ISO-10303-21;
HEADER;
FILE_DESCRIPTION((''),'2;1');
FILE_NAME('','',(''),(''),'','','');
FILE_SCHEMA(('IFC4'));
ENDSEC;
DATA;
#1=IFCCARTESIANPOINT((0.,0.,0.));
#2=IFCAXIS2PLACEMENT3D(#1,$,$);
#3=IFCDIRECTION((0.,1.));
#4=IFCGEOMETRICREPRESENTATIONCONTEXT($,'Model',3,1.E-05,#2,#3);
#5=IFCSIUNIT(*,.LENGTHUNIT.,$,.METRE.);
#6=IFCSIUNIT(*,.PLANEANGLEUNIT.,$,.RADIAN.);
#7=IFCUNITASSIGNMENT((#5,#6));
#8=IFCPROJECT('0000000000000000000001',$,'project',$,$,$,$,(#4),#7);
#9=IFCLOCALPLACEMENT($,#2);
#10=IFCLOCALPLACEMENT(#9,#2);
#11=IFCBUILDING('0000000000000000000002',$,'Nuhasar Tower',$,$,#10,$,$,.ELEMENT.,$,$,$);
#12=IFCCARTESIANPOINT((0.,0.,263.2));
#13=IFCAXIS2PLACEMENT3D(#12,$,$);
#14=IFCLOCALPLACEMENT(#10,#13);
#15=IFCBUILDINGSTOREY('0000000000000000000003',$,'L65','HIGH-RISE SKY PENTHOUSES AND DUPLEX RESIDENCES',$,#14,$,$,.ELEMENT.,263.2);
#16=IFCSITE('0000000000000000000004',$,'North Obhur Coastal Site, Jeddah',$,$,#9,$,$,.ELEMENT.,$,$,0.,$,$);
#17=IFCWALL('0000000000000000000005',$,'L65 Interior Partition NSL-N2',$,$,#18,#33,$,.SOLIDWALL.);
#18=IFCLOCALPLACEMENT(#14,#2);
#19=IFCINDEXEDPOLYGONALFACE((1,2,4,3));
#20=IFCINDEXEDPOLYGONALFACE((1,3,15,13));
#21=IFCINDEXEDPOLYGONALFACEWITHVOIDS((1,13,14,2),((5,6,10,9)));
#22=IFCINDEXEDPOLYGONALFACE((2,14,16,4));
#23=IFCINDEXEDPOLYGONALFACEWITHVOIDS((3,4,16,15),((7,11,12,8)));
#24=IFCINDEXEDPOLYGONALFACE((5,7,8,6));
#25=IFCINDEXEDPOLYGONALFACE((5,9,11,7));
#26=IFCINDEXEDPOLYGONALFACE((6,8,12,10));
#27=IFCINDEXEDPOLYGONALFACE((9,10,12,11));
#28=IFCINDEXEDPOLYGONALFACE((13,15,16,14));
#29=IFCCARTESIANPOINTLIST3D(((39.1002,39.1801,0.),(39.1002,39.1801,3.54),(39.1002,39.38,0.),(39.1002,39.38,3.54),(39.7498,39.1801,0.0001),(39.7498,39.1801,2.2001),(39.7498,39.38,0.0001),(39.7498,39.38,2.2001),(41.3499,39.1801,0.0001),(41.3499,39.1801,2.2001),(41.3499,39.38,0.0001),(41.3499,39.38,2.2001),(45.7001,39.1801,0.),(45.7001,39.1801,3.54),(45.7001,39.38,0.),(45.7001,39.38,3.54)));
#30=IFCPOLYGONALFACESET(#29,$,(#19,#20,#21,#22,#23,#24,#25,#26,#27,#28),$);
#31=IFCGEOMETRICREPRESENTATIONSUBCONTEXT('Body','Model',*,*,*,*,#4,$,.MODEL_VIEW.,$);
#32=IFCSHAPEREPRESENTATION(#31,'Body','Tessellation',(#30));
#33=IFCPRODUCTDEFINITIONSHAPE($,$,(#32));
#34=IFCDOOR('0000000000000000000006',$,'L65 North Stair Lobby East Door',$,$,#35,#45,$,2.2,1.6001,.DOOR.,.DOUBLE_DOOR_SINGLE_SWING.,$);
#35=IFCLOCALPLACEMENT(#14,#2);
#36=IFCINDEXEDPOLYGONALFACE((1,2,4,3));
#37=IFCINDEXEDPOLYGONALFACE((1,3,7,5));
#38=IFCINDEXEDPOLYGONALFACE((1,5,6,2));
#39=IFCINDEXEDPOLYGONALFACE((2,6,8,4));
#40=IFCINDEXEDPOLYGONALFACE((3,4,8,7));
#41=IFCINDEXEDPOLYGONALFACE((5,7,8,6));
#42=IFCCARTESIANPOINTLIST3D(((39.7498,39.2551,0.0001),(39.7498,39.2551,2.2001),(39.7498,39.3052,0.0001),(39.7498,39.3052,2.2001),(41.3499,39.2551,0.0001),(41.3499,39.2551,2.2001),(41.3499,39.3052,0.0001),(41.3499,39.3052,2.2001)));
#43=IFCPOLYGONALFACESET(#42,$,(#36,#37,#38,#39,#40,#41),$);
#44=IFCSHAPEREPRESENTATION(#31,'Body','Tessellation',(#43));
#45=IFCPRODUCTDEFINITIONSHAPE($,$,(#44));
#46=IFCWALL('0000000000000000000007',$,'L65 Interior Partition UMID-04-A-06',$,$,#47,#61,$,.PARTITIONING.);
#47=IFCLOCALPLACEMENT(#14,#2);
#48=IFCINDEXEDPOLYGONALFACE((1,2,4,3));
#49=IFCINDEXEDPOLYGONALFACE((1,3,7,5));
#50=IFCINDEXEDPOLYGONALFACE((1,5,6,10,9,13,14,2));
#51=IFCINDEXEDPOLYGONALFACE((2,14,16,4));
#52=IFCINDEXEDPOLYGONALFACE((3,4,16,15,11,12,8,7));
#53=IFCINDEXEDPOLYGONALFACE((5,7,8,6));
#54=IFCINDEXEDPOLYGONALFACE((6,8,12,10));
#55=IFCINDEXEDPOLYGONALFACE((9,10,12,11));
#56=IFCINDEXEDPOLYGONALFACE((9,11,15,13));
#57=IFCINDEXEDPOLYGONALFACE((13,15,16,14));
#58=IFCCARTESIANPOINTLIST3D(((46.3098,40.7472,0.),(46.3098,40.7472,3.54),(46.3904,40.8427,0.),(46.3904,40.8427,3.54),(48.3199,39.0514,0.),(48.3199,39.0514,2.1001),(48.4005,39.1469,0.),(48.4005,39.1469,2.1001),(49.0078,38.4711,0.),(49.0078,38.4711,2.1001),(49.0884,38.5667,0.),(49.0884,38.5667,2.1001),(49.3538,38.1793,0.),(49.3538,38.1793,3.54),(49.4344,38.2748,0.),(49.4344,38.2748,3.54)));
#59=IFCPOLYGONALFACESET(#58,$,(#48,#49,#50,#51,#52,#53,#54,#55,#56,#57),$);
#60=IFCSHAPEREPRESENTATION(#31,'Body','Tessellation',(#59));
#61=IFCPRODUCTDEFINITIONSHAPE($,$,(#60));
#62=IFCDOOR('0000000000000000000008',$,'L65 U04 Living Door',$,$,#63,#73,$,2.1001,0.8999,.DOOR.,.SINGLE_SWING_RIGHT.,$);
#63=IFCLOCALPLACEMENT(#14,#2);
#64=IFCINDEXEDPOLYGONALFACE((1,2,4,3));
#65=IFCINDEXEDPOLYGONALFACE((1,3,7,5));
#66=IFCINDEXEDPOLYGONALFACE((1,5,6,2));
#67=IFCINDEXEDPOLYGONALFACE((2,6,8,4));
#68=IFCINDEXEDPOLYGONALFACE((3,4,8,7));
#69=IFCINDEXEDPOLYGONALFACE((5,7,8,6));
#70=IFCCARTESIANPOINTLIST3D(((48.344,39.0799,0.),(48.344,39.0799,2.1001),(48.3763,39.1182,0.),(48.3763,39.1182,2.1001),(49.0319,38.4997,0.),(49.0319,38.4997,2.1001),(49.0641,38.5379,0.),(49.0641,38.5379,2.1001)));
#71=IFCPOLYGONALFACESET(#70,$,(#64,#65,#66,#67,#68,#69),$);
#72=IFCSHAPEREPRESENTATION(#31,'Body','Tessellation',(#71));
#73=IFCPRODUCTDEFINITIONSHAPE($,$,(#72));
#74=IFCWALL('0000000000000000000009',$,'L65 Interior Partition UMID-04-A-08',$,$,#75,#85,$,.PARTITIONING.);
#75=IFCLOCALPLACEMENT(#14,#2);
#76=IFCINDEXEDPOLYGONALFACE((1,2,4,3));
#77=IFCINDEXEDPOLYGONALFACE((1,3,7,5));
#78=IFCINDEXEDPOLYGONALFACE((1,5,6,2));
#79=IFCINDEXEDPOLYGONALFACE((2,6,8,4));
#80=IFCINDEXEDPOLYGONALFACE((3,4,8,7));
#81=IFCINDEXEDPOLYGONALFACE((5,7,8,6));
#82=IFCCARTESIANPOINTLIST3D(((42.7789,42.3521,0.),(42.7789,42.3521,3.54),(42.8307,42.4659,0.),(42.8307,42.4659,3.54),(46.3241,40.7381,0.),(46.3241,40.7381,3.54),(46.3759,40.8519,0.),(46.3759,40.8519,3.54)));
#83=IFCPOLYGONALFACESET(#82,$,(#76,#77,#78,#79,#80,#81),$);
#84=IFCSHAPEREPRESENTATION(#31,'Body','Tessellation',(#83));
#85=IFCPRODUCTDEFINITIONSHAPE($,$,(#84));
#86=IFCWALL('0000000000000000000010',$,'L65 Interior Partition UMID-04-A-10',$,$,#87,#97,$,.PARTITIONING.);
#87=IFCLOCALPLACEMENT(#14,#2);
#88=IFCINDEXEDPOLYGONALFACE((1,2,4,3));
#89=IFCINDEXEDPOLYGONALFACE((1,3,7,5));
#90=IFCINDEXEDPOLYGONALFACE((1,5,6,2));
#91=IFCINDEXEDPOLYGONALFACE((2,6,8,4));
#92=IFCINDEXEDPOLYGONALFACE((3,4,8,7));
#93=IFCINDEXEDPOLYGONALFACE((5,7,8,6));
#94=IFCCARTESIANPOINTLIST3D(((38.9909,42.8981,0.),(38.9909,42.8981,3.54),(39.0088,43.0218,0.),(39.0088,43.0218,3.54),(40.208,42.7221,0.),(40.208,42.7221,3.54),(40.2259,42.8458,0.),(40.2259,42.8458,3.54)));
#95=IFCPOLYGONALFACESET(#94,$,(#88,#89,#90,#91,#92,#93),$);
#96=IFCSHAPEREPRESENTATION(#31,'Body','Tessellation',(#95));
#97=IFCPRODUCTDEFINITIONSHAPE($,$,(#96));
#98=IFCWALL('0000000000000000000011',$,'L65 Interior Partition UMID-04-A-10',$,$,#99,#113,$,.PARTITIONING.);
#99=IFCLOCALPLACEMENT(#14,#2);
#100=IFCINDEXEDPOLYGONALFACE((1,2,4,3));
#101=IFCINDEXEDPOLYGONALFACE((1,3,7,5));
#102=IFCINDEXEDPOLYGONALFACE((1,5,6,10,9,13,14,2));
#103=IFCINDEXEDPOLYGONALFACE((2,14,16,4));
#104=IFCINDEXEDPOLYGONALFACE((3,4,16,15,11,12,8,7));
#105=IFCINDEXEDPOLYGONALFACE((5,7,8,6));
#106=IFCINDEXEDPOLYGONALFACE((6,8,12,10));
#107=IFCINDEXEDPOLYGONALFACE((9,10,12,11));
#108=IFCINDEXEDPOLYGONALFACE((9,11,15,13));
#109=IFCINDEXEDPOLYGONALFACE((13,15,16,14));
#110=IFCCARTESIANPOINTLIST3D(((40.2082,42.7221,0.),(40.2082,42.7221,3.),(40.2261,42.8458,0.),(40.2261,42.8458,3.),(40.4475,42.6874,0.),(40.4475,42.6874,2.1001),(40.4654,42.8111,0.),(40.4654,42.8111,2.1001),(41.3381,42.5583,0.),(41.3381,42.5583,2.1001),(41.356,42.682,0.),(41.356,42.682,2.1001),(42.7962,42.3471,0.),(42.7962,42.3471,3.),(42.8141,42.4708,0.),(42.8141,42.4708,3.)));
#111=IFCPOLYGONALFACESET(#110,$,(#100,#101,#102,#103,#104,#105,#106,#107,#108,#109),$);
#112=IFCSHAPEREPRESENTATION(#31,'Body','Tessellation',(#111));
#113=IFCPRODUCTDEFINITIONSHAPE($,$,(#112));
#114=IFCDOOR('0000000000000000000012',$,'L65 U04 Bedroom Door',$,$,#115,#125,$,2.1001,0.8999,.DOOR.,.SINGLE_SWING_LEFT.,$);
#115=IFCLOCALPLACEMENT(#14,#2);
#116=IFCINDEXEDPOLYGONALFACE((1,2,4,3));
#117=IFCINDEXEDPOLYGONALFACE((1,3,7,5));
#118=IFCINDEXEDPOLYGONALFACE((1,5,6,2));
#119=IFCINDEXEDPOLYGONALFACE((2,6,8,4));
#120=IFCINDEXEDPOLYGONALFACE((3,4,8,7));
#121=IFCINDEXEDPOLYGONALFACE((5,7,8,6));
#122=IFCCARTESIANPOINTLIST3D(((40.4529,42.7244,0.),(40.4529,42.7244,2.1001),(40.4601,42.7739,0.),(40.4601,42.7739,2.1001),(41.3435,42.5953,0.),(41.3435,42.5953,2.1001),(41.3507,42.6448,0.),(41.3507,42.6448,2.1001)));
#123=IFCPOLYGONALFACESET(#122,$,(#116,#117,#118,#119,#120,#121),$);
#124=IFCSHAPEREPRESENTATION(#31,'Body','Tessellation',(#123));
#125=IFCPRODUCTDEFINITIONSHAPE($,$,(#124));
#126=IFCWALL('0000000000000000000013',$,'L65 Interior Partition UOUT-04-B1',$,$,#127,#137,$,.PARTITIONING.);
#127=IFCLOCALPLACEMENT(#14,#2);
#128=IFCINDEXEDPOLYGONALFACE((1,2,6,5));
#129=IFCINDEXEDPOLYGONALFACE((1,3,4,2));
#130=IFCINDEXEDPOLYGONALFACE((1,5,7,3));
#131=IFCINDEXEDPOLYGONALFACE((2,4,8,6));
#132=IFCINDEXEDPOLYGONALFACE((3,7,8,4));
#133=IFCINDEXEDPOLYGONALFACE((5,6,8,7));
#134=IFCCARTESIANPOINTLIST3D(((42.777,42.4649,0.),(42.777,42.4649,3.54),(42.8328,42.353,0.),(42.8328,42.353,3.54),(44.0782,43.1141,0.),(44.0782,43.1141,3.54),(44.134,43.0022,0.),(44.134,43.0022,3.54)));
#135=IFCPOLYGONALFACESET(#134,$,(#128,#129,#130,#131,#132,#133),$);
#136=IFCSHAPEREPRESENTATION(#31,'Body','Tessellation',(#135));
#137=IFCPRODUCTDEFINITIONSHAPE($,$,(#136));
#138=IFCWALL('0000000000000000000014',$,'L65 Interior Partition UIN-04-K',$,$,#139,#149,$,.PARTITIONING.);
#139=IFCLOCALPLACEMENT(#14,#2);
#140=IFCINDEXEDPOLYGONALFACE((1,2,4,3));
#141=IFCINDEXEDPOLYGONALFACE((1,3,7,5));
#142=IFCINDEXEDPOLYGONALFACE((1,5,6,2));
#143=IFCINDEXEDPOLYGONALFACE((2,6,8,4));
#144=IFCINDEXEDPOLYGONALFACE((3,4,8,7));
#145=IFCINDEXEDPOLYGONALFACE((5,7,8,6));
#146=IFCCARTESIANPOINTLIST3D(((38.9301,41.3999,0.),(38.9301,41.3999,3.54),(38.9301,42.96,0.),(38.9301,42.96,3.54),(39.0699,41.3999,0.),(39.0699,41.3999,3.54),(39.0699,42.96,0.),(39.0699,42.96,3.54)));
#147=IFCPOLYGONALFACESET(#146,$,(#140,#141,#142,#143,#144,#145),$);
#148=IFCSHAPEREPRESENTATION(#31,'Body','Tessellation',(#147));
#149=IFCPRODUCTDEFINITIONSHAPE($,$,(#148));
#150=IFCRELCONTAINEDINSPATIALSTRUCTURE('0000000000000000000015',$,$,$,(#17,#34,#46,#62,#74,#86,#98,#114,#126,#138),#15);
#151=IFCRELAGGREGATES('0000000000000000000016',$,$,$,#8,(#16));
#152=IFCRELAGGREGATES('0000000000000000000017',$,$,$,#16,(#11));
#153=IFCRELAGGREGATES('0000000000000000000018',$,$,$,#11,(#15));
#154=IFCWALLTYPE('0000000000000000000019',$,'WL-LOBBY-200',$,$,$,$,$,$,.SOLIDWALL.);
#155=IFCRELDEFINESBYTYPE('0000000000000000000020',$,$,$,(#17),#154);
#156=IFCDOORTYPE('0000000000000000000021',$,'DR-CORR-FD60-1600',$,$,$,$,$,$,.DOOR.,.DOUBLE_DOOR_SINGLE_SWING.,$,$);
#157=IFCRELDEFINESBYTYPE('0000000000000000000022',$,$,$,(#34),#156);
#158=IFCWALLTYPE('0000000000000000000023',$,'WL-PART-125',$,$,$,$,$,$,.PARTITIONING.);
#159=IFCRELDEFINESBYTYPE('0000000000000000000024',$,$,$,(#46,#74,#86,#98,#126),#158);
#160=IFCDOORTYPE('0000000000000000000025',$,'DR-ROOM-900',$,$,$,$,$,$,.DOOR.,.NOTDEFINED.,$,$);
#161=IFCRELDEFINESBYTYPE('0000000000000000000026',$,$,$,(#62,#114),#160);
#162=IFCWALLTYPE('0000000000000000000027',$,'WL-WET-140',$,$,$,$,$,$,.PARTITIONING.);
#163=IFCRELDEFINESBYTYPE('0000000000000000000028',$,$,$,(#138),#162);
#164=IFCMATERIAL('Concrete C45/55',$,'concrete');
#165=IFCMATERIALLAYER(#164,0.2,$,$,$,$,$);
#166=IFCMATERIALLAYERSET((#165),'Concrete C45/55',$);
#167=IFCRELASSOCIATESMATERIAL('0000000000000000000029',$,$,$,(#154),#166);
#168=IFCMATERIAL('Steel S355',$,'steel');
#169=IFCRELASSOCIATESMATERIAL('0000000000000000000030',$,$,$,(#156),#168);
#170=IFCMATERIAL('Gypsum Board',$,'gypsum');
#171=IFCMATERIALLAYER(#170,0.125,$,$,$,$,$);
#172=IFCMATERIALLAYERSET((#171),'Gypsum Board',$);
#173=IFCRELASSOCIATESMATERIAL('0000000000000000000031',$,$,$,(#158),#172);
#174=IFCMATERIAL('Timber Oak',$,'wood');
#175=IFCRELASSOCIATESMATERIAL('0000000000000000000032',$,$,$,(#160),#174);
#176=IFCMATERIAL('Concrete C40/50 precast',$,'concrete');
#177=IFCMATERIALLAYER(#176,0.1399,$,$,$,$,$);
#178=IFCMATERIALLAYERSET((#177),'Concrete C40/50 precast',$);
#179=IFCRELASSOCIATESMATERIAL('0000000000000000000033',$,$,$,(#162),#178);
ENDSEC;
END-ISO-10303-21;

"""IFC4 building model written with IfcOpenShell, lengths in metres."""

from ifc_helpers import new_model, si_unit, direction, frame, frame_2d, origin, place, context, subcontext, project, spatial, rectangle, extrude, material, layer, layer_set, type_object, element, fill, save


model = new_model("IFC4")

# Units and contexts
model_context = context("Model", 3, precision=1e-05, world=origin(), true_north=direction((0.0, 1.0)))
body_context = subcontext(model_context, "Body", "Model", "MODEL_VIEW")
ifc_project = project(units=[si_unit("LENGTHUNIT", "METRE"), si_unit("PLANEANGLEUNIT", "RADIAN")], contexts=[model_context])

# Site, building, storey
site_placement = place(None, origin())
site = spatial("IfcSite", under=ifc_project, at=site_placement, Name="North Obhur Coastal Site, Jeddah", CompositionType="ELEMENT", RefElevation=0.0)
building_placement = place(site_placement, origin())
building = spatial("IfcBuilding", under=site, at=building_placement, Name="Nuhasar Tower", CompositionType="ELEMENT")
storey_placement = place(building_placement, frame((0.0, 0.0, 263.2)))
storey = spatial("IfcBuildingStorey", under=building, at=storey_placement, Name="L65", Description="HIGH-RISE SKY PENTHOUSES AND DUPLEX RESIDENCES", CompositionType="ELEMENT", Elevation=263.2)

# Shared definitions
ifc_material_1 = material(Name="Steel S355", Category="steel")

# Shared definitions
ifc_material_2 = material(Name="Gypsum Board", Category="gypsum")
ifc_material_3 = material(Name="Timber Oak", Category="wood")

# Shared definitions
ifc_material_4 = material(Name="Concrete C45/55", Category="concrete")
ifc_layer_1 = layer(ifc_material_4, 0.2)
ifc_layer_set_1 = layer_set([ifc_layer_1], Name="Concrete C45/55")
wall_type_1 = type_object("IfcWallType", Name="WL-LOBBY-200", PredefinedType="SOLIDWALL", material=ifc_layer_set_1)

# Walls, openings, doors
wall_1_placement = place(storey_placement, frame((45.7, 39.28, 0.0), z_axis=(0.0, 0.0, 1.0), x_axis=(-1.0, 0.0, 0.0)))
wall_1 = element("IfcWall", 1, at=wall_1_placement, inside=storey, type_object=wall_type_1, Name="L65 Interior Partition NSL-N2", PredefinedType="SOLIDWALL", context=body_context, shape_type="SweptSolid", body=[
    extrude(rectangle(XDim=6.5999, YDim=0.2, at=frame_2d((3.2998, 0.0))), origin(), (0.0, 0.0, 1.0), 3.54),
])
opening_1_placement = place(wall_1_placement, frame((4.3501, 0.0, 0.0)))
opening_1 = element("IfcOpeningElement", 2, at=opening_1_placement, cuts=wall_1, PredefinedType="OPENING", context=body_context, shape_type="SweptSolid", body=[
    extrude(rectangle(XDim=1.6001, YDim=2.2, at=frame_2d((0.8, 1.1001))), frame((0.0, 0.1099, 0.0), z_axis=(0.0, -1.0, 0.0), x_axis=(1.0, 0.0, 0.0)), (0.0, 0.0, 1.0), 0.22),
])
door_type_1 = type_object("IfcDoorType", Name="DR-CORR-FD60-1600", OperationType="DOUBLE_DOOR_SINGLE_SWING", PredefinedType="DOOR", material=ifc_material_1)
door_1_placement = place(opening_1_placement, origin())
door_1 = element("IfcDoor", 3, at=door_1_placement, inside=storey, type_object=door_type_1, Name="L65 North Stair Lobby East Door", OperationType="DOUBLE_DOOR_SINGLE_SWING", OverallHeight=2.2, OverallWidth=1.6001, PredefinedType="DOOR", context=body_context, shape_type="SweptSolid", body=[
    extrude(rectangle(XDim=1.6001, YDim=2.2, at=frame_2d((0.8, 1.1001))), frame((0.0, 0.0249, 0.0), z_axis=(0.0, -1.0, 0.0), x_axis=(1.0, 0.0, 0.0)), (0.0, 0.0, 1.0), 0.05),
])
fill(opening_1, door_1)
ifc_layer_2 = layer(ifc_material_2, 0.125)
ifc_layer_set_2 = layer_set([ifc_layer_2], Name="Gypsum Board")
wall_type_2 = type_object("IfcWallType", Name="WL-PART-125", PredefinedType="PARTITIONING", material=ifc_layer_set_2)
wall_2_placement = place(storey_placement, frame((46.3501, 40.7949, 0.0), z_axis=(0.0, 0.0, 1.0), x_axis=(0.764348, -0.644804, 0.0)))
wall_2 = element("IfcWall", 4, at=wall_2_placement, inside=storey, type_object=wall_type_2, Name="L65 Interior Partition UMID-04-A-06", PredefinedType="PARTITIONING", context=body_context, shape_type="SweptSolid", body=[
    extrude(rectangle(XDim=3.9824, YDim=0.125, at=frame_2d((1.9912, 0.0))), origin(), (0.0, 0.0, 1.0), 3.54),
])
opening_2_placement = place(wall_2_placement, frame((2.6299, 0.0, 0.0)))
opening_2 = element("IfcOpeningElement", 5, at=opening_2_placement, cuts=wall_2, PredefinedType="OPENING", context=body_context, shape_type="SweptSolid", body=[
    extrude(rectangle(XDim=0.8999, YDim=2.1001, at=frame_2d((0.45, 1.05))), frame((0.0, 0.0725, 0.0), z_axis=(0.0, -1.0, 0.0), x_axis=(1.0, 0.0, 0.0)), (0.0, 0.0, 1.0), 0.145),
])
door_type_2 = type_object("IfcDoorType", Name="DR-ROOM-900", OperationType="NOTDEFINED", PredefinedType="DOOR", material=ifc_material_3)
door_2_placement = place(opening_2_placement, origin())
door_2 = element("IfcDoor", 6, at=door_2_placement, inside=storey, type_object=door_type_2, Name="L65 U04 Living Door", OperationType="SINGLE_SWING_RIGHT", OverallHeight=2.1001, OverallWidth=0.8999, PredefinedType="DOOR", context=body_context, shape_type="SweptSolid", body=[
    extrude(rectangle(XDim=0.8999, YDim=2.1001, at=frame_2d((0.45, 1.05))), frame((0.0, 0.0249, 0.0), z_axis=(0.0, -1.0, 0.0), x_axis=(1.0, 0.0, 0.0)), (0.0, 0.0, 1.0), 0.05),
])
fill(opening_2, door_2)

# Walls
wall_3_placement = place(storey_placement, frame((46.3501, 40.7949, 0.0), z_axis=(0.0, 0.0, 1.0), x_axis=(-0.910117, 0.414351, 0.0)))
element("IfcWall", 7, at=wall_3_placement, inside=storey, type_object=wall_type_2, Name="L65 Interior Partition UMID-04-A-08", PredefinedType="PARTITIONING", context=body_context, shape_type="SweptSolid", body=[
    extrude(rectangle(XDim=3.8953, YDim=0.125, at=frame_2d((1.9478, 0.0))), origin(), (0.0, 0.0, 1.0), 3.54),
])
wall_4_placement = place(storey_placement, frame((39.0, 42.96, 0.0), z_axis=(0.0, 0.0, 1.0), x_axis=(0.989702, -0.143144, 0.0)))
element("IfcWall", 8, at=wall_4_placement, inside=storey, type_object=wall_type_2, Name="L65 Interior Partition UMID-04-A-10", PredefinedType="PARTITIONING", context=body_context, shape_type="SweptSolid", body=[
    extrude(rectangle(XDim=1.2297, YDim=0.125, at=frame_2d((0.6147, 0.0))), origin(), (0.0, 0.0, 1.0), 3.54),
])

# Wall, opening, door
wall_5_placement = place(storey_placement, frame((40.217, 42.7839, 0.0), z_axis=(0.0, 0.0, 1.0), x_axis=(0.989664, -0.143408, 0.0)))
wall_5 = element("IfcWall", 9, at=wall_5_placement, inside=storey, type_object=wall_type_2, Name="L65 Interior Partition UMID-04-A-10", PredefinedType="PARTITIONING", context=body_context, shape_type="SweptSolid", body=[
    extrude(rectangle(XDim=2.615, YDim=0.125, at=frame_2d((1.3076, 0.0))), origin(), (0.0, 0.0, 1.0), 3.0),
])
opening_3_placement = place(wall_5_placement, frame((0.2419, 0.0, 0.0)))
opening_3 = element("IfcOpeningElement", 10, at=opening_3_placement, cuts=wall_5, PredefinedType="OPENING", context=body_context, shape_type="SweptSolid", body=[
    extrude(rectangle(XDim=0.8999, YDim=2.1001, at=frame_2d((0.45, 1.05))), frame((0.0, 0.0725, 0.0), z_axis=(0.0, -1.0, 0.0), x_axis=(1.0, 0.0, 0.0)), (0.0, 0.0, 1.0), 0.145),
])
door_3_placement = place(opening_3_placement, origin())
door_3 = element("IfcDoor", 11, at=door_3_placement, inside=storey, type_object=door_type_2, Name="L65 U04 Bedroom Door", OperationType="SINGLE_SWING_LEFT", OverallHeight=2.1001, OverallWidth=0.8999, PredefinedType="DOOR", context=body_context, shape_type="SweptSolid", body=[
    extrude(rectangle(XDim=0.8999, YDim=2.1001, at=frame_2d((0.45, 1.05))), frame((0.0, 0.0249, 0.0), z_axis=(0.0, -1.0, 0.0), x_axis=(1.0, 0.0, 0.0)), (0.0, 0.0, 1.0), 0.05),
])
fill(opening_3, door_3)

# Walls
wall_6_placement = place(storey_placement, frame((42.8049, 42.4089, 0.0), z_axis=(0.0, 0.0, 1.0), x_axis=(0.894796, 0.446475, 0.0)))
element("IfcWall", 12, at=wall_6_placement, inside=storey, type_object=wall_type_2, Name="L65 Interior Partition UOUT-04-B1", PredefinedType="PARTITIONING", context=body_context, shape_type="SweptSolid", body=[
    extrude(rectangle(XDim=1.4541, YDim=0.125, at=frame_2d((0.7271, 0.0))), origin(), (0.0, 0.0, 1.0), 3.54),
])
ifc_material_5 = material(Name="Concrete C40/50 precast", Category="concrete")
ifc_layer_3 = layer(ifc_material_5, 0.1399)
ifc_layer_set_3 = layer_set([ifc_layer_3], Name="Concrete C40/50 precast")
wall_type_3 = type_object("IfcWallType", Name="WL-WET-140", PredefinedType="PARTITIONING", material=ifc_layer_set_3)
wall_7_placement = place(storey_placement, frame((39.0, 41.3999, 0.0), z_axis=(0.0, 0.0, 1.0), x_axis=(0.0, 1.0, 0.0)))
element("IfcWall", 13, at=wall_7_placement, inside=storey, type_object=wall_type_3, Name="L65 Interior Partition UIN-04-K", PredefinedType="PARTITIONING", context=body_context, shape_type="SweptSolid", body=[
    extrude(rectangle(XDim=1.5601, YDim=0.1399, at=frame_2d((0.78, 0.0))), origin(), (0.0, 0.0, 1.0), 3.54),
])

save(model, "model.ifc")
